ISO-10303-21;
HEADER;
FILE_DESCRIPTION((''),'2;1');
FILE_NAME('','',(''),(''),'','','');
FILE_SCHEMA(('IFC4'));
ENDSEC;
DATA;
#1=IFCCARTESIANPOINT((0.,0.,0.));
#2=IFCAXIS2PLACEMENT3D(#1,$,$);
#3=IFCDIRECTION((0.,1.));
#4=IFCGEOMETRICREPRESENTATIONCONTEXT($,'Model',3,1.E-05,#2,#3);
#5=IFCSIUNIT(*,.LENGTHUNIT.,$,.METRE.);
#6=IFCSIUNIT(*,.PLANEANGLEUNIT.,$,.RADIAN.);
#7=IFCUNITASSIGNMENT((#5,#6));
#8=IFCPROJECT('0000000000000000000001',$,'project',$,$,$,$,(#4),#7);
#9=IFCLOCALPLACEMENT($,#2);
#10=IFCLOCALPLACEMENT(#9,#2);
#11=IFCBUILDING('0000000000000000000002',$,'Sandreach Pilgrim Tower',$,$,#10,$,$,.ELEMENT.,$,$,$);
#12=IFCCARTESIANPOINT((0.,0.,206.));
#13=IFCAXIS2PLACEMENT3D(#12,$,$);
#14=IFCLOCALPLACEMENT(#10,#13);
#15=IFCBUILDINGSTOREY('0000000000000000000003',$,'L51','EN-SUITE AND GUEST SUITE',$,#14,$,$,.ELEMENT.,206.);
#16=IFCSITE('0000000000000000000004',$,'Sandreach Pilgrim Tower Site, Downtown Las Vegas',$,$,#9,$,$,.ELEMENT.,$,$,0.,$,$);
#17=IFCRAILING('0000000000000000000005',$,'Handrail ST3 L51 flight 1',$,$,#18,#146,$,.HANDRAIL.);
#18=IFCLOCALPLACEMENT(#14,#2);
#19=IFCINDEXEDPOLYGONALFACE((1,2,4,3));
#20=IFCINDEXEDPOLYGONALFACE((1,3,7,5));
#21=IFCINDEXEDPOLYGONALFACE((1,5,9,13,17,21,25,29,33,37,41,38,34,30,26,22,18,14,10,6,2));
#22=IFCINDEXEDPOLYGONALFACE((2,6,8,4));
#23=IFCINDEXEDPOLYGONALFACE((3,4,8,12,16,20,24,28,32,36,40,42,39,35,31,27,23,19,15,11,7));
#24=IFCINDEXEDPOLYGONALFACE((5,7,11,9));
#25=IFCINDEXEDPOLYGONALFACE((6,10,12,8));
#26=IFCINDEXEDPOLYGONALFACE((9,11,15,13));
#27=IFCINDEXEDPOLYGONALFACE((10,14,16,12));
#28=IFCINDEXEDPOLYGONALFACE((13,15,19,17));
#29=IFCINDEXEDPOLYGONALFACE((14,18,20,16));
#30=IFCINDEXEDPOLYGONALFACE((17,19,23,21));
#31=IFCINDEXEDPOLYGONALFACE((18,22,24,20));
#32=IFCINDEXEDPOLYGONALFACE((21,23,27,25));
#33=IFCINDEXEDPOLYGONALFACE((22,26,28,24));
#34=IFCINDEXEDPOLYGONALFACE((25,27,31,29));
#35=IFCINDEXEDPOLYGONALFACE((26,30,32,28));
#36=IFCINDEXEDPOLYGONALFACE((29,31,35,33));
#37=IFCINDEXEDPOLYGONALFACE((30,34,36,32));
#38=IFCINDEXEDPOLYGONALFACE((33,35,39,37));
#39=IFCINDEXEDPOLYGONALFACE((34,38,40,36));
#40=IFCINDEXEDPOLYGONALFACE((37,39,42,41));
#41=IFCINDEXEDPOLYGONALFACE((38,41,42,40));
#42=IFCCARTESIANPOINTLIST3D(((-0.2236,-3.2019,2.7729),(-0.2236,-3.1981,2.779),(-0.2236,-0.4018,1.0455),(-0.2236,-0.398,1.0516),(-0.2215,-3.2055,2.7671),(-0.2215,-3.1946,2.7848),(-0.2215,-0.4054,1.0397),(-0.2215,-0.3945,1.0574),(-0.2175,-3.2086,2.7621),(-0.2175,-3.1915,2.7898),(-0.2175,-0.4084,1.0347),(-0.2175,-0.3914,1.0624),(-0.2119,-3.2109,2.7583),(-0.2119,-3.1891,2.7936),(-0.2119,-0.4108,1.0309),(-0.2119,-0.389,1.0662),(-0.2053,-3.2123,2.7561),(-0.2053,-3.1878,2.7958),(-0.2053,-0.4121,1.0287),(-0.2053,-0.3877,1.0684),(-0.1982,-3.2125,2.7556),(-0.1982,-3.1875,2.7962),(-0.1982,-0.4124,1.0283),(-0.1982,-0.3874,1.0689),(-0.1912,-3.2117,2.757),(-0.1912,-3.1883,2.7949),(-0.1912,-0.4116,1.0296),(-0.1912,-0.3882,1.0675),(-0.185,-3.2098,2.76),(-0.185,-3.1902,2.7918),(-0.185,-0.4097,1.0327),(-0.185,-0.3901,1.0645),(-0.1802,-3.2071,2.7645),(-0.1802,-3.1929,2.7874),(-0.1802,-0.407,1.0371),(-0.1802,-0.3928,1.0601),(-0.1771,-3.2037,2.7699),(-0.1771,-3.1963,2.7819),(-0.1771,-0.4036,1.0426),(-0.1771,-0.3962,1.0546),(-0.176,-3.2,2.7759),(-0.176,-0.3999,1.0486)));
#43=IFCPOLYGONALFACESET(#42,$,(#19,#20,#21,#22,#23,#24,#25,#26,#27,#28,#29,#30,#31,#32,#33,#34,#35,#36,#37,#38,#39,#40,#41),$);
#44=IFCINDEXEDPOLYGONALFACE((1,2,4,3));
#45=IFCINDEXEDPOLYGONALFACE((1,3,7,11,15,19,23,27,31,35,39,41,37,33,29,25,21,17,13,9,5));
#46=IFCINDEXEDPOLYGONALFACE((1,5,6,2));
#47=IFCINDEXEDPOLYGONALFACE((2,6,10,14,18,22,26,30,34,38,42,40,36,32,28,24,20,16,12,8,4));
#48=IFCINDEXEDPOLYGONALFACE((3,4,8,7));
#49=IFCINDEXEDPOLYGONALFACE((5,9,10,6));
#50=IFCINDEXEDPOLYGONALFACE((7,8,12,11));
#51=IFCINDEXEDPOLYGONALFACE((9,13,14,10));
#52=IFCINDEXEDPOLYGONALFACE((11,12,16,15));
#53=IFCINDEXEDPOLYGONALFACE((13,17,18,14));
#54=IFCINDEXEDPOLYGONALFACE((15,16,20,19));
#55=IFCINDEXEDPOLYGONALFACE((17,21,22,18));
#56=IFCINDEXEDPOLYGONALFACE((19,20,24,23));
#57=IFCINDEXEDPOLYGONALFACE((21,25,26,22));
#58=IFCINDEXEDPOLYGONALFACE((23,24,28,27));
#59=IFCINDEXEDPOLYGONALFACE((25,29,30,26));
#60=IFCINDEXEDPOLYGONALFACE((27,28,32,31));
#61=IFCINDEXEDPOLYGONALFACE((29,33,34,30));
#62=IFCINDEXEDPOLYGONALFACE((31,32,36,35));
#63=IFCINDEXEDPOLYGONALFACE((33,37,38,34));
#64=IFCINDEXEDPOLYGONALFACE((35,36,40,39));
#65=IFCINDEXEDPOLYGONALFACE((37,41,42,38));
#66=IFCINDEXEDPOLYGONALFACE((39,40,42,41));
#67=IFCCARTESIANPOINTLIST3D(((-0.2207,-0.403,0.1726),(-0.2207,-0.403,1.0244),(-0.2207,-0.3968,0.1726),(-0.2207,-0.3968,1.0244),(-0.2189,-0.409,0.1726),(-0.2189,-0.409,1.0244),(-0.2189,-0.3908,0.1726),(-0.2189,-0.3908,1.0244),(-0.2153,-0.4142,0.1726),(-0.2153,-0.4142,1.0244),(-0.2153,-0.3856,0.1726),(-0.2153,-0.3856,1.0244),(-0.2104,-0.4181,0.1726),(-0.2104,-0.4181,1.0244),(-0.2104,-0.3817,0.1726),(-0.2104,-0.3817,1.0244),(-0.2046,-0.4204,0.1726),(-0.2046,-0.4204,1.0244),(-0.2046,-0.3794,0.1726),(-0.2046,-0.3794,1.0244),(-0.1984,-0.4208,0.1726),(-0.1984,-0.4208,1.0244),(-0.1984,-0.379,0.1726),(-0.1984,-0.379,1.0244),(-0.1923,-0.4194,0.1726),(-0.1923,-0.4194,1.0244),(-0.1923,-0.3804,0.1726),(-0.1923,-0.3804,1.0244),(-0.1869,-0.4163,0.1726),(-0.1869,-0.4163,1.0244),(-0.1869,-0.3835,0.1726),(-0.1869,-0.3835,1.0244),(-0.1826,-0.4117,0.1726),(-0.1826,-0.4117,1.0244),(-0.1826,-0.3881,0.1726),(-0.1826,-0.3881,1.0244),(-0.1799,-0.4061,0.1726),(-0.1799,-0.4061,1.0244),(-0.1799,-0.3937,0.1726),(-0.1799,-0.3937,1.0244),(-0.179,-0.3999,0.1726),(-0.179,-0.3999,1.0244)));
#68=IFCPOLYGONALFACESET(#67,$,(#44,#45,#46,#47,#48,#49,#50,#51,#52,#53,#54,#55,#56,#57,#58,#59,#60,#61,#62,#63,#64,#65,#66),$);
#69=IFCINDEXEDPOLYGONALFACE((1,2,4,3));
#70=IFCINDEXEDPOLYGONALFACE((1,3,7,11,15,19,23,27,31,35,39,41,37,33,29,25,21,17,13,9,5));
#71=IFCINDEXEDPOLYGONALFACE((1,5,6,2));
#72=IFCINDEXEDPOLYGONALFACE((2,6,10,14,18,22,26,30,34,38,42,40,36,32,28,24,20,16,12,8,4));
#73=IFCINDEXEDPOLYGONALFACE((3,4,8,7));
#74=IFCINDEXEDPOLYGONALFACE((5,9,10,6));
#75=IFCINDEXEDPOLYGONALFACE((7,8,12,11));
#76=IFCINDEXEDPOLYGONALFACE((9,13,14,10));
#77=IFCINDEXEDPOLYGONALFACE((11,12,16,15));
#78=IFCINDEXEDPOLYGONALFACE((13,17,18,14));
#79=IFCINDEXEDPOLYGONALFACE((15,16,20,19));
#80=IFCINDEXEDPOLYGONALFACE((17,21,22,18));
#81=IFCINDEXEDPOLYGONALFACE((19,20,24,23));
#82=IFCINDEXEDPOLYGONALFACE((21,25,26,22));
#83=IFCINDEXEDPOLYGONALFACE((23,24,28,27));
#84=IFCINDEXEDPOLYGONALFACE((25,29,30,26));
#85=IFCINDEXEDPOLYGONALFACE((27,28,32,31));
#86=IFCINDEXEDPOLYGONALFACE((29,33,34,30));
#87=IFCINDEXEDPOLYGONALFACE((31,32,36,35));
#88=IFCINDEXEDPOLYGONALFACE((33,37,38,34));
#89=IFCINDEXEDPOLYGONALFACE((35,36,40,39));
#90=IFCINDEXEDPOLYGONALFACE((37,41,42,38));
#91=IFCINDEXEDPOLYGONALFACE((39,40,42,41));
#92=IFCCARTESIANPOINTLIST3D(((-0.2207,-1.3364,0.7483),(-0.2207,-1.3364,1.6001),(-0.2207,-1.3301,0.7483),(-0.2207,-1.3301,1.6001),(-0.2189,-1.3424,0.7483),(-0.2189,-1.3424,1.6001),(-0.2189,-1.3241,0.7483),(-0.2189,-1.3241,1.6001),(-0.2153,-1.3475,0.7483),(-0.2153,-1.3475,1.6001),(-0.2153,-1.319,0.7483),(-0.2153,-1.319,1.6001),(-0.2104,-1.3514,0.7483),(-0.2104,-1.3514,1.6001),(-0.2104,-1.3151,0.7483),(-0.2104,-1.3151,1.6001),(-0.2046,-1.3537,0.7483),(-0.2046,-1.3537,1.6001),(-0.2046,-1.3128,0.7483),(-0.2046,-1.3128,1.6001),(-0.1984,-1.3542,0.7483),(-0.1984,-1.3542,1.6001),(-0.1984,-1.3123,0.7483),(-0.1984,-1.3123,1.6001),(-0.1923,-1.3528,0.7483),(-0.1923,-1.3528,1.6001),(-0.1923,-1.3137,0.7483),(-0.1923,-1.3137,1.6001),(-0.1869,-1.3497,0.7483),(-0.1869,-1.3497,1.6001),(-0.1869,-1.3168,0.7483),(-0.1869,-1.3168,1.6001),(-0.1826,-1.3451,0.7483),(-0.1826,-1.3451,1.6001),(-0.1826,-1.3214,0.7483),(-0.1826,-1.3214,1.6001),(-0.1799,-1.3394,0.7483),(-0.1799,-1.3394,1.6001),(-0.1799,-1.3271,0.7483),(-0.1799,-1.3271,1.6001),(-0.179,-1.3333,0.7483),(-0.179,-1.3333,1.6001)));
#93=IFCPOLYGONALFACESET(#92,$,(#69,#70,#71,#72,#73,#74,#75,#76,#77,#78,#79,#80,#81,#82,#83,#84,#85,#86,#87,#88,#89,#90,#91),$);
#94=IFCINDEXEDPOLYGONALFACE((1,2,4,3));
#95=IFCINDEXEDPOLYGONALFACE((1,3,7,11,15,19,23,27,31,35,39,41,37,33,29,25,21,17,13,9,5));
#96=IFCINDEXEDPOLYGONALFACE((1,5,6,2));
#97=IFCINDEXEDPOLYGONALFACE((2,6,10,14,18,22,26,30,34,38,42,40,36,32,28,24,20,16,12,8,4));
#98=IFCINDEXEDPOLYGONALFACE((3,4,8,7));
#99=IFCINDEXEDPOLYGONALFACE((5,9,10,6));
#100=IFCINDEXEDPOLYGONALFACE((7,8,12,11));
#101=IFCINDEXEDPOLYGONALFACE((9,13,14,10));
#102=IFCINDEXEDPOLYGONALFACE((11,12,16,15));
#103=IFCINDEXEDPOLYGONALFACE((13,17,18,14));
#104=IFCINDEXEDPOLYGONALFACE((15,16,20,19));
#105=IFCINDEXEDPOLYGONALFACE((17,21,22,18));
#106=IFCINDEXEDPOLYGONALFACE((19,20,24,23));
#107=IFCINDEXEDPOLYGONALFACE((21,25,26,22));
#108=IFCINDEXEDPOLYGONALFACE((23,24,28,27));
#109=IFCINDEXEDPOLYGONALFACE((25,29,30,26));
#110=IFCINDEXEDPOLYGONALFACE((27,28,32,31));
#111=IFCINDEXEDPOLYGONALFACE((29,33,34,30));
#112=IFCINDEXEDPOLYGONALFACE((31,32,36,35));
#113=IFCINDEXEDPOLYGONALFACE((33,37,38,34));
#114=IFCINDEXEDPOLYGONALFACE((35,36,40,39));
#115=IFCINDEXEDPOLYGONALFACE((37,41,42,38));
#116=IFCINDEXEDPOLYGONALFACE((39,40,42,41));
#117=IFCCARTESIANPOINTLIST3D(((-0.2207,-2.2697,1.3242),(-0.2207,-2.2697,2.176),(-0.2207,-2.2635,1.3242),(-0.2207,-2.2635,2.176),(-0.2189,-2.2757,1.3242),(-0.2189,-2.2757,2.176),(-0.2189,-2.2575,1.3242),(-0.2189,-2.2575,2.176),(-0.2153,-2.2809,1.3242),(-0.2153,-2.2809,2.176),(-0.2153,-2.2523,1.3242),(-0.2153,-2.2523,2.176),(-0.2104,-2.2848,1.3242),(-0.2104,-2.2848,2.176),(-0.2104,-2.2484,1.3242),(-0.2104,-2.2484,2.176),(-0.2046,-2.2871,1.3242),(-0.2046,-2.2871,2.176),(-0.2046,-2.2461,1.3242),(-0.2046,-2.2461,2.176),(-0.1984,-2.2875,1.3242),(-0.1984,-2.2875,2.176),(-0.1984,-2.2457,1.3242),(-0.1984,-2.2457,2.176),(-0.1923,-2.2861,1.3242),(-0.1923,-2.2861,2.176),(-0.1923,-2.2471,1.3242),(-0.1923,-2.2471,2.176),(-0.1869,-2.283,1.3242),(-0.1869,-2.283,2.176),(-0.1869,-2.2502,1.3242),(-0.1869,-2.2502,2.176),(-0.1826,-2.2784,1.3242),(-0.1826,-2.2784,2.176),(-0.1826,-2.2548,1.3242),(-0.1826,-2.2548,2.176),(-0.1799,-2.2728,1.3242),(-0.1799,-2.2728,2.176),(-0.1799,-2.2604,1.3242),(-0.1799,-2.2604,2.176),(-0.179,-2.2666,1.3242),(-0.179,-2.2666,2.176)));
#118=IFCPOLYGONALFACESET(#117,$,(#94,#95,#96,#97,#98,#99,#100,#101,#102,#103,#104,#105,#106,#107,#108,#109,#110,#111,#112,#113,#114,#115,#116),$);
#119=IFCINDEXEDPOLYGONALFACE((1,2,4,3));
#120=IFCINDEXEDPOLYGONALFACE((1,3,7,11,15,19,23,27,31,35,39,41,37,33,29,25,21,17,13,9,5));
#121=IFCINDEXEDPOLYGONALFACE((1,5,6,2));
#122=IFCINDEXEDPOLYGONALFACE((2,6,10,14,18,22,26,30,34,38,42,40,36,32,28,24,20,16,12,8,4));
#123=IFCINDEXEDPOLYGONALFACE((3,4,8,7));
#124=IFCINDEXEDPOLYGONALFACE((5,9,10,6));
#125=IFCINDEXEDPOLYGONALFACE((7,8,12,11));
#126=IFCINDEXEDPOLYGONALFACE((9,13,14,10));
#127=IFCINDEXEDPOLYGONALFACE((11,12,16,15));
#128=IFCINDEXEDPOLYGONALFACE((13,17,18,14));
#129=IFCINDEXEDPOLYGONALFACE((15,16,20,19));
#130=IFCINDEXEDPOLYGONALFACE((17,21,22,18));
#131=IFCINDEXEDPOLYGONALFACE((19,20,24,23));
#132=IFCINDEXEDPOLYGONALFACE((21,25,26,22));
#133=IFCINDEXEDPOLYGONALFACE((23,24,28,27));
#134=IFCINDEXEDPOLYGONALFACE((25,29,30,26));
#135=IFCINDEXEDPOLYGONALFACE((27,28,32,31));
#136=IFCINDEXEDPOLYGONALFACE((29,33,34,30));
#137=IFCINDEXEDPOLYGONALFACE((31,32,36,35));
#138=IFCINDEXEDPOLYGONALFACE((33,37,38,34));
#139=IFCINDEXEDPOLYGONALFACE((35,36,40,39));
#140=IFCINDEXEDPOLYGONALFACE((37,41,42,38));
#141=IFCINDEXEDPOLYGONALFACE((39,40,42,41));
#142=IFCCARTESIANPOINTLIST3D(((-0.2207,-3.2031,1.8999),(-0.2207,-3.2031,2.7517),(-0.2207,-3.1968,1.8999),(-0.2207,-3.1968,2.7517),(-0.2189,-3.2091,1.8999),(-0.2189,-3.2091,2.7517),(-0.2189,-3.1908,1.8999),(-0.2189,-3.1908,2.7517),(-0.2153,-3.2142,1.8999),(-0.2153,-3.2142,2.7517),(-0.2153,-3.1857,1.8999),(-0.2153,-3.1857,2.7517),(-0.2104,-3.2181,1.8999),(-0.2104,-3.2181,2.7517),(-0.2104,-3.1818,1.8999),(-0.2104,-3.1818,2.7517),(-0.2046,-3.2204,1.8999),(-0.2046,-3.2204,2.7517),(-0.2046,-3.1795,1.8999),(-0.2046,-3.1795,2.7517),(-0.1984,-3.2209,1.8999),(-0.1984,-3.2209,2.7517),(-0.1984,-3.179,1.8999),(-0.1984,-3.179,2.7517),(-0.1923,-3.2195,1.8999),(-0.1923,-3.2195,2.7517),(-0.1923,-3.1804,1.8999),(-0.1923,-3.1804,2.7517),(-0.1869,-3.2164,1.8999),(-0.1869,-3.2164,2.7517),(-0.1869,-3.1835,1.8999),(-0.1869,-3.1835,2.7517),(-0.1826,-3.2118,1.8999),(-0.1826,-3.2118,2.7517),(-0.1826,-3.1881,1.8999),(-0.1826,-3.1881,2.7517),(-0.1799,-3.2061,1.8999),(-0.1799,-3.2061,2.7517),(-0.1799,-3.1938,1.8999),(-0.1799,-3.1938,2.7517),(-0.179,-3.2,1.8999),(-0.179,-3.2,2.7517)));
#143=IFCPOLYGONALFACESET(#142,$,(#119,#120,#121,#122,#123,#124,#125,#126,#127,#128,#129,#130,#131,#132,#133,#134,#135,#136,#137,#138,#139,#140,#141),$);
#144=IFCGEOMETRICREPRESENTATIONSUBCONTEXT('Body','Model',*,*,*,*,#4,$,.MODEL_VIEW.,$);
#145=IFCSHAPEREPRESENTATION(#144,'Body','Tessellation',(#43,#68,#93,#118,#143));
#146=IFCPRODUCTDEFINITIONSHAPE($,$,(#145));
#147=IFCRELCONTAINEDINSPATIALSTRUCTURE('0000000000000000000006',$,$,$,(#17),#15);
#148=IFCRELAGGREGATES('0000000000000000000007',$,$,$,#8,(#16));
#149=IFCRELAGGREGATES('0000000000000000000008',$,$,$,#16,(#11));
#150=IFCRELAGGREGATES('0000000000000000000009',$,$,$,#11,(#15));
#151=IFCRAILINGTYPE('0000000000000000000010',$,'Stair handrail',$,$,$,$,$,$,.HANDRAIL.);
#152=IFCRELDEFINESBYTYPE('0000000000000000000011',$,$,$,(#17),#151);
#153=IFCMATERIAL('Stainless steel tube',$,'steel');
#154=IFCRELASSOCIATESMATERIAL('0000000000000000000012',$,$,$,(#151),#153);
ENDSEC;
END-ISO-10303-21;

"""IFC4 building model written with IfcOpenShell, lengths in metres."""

from ifc_helpers import new_model, si_unit, direction, frame, origin, origin_2d, place, context, subcontext, project, spatial, circle, extrude, material, type_object, element, save


model = new_model("IFC4")

# Units and contexts
model_context = context("Model", 3, precision=1e-05, world=origin(), true_north=direction((0.0, 1.0)))
body_context = subcontext(model_context, "Body", "Model", "MODEL_VIEW")
ifc_project = project(units=[si_unit("LENGTHUNIT", "METRE"), si_unit("PLANEANGLEUNIT", "RADIAN")], contexts=[model_context])

# Site, building, storey
site_placement = place(None, origin())
site = spatial("IfcSite", under=ifc_project, at=site_placement, Name="Sandreach Pilgrim Tower Site, Downtown Las Vegas", CompositionType="ELEMENT", RefElevation=0.0)
building_placement = place(site_placement, origin())
building = spatial("IfcBuilding", under=site, at=building_placement, Name="Sandreach Pilgrim Tower", CompositionType="ELEMENT")
storey_placement = place(building_placement, frame((0.0, 0.0, 206.0)))
storey = spatial("IfcBuildingStorey", under=building, at=storey_placement, Name="L51", Description="EN-SUITE AND GUEST SUITE", CompositionType="ELEMENT", Elevation=206.0)

# Railing
ifc_material_1 = material(Name="Stainless steel tube", Category="steel")
railing_type = type_object("IfcRailingType", Name="Stair handrail", PredefinedType="HANDRAIL", material=ifc_material_1)
for number, where, name in (
    (1, (-0.2, -0.3999, 0.1726), "Handrail ST3 L51 flight 1"),
):
    element("IfcRailing", number, at=place(storey_placement, frame(where)), inside=storey, type_object=railing_type, Name=name, PredefinedType="HANDRAIL", context=body_context, shape_type="SweptSolid", body=[
        extrude(circle(Radius=0.0239, at=origin_2d()), frame((0.0, 0.0, 0.876), z_axis=(0.0, -0.85109, 0.52502), x_axis=(1.0, 0.0, 0.0)), (0.0, 0.0, 1.0), 3.29),
        extrude(circle(Radius=0.021, at=origin_2d()), origin(), (0.0, 0.0, 1.0), 0.8518),
        extrude(circle(Radius=0.021, at=origin_2d()), frame((0.0, -0.9333, 0.5757)), (0.0, 0.0, 1.0), 0.8518),
        extrude(circle(Radius=0.021, at=origin_2d()), frame((0.0, -1.8667, 1.1516)), (0.0, 0.0, 1.0), 0.8518),
        extrude(circle(Radius=0.021, at=origin_2d()), frame((0.0, -2.8, 1.7273)), (0.0, 0.0, 1.0), 0.8518),
    ])

save(model, "model.ifc")
